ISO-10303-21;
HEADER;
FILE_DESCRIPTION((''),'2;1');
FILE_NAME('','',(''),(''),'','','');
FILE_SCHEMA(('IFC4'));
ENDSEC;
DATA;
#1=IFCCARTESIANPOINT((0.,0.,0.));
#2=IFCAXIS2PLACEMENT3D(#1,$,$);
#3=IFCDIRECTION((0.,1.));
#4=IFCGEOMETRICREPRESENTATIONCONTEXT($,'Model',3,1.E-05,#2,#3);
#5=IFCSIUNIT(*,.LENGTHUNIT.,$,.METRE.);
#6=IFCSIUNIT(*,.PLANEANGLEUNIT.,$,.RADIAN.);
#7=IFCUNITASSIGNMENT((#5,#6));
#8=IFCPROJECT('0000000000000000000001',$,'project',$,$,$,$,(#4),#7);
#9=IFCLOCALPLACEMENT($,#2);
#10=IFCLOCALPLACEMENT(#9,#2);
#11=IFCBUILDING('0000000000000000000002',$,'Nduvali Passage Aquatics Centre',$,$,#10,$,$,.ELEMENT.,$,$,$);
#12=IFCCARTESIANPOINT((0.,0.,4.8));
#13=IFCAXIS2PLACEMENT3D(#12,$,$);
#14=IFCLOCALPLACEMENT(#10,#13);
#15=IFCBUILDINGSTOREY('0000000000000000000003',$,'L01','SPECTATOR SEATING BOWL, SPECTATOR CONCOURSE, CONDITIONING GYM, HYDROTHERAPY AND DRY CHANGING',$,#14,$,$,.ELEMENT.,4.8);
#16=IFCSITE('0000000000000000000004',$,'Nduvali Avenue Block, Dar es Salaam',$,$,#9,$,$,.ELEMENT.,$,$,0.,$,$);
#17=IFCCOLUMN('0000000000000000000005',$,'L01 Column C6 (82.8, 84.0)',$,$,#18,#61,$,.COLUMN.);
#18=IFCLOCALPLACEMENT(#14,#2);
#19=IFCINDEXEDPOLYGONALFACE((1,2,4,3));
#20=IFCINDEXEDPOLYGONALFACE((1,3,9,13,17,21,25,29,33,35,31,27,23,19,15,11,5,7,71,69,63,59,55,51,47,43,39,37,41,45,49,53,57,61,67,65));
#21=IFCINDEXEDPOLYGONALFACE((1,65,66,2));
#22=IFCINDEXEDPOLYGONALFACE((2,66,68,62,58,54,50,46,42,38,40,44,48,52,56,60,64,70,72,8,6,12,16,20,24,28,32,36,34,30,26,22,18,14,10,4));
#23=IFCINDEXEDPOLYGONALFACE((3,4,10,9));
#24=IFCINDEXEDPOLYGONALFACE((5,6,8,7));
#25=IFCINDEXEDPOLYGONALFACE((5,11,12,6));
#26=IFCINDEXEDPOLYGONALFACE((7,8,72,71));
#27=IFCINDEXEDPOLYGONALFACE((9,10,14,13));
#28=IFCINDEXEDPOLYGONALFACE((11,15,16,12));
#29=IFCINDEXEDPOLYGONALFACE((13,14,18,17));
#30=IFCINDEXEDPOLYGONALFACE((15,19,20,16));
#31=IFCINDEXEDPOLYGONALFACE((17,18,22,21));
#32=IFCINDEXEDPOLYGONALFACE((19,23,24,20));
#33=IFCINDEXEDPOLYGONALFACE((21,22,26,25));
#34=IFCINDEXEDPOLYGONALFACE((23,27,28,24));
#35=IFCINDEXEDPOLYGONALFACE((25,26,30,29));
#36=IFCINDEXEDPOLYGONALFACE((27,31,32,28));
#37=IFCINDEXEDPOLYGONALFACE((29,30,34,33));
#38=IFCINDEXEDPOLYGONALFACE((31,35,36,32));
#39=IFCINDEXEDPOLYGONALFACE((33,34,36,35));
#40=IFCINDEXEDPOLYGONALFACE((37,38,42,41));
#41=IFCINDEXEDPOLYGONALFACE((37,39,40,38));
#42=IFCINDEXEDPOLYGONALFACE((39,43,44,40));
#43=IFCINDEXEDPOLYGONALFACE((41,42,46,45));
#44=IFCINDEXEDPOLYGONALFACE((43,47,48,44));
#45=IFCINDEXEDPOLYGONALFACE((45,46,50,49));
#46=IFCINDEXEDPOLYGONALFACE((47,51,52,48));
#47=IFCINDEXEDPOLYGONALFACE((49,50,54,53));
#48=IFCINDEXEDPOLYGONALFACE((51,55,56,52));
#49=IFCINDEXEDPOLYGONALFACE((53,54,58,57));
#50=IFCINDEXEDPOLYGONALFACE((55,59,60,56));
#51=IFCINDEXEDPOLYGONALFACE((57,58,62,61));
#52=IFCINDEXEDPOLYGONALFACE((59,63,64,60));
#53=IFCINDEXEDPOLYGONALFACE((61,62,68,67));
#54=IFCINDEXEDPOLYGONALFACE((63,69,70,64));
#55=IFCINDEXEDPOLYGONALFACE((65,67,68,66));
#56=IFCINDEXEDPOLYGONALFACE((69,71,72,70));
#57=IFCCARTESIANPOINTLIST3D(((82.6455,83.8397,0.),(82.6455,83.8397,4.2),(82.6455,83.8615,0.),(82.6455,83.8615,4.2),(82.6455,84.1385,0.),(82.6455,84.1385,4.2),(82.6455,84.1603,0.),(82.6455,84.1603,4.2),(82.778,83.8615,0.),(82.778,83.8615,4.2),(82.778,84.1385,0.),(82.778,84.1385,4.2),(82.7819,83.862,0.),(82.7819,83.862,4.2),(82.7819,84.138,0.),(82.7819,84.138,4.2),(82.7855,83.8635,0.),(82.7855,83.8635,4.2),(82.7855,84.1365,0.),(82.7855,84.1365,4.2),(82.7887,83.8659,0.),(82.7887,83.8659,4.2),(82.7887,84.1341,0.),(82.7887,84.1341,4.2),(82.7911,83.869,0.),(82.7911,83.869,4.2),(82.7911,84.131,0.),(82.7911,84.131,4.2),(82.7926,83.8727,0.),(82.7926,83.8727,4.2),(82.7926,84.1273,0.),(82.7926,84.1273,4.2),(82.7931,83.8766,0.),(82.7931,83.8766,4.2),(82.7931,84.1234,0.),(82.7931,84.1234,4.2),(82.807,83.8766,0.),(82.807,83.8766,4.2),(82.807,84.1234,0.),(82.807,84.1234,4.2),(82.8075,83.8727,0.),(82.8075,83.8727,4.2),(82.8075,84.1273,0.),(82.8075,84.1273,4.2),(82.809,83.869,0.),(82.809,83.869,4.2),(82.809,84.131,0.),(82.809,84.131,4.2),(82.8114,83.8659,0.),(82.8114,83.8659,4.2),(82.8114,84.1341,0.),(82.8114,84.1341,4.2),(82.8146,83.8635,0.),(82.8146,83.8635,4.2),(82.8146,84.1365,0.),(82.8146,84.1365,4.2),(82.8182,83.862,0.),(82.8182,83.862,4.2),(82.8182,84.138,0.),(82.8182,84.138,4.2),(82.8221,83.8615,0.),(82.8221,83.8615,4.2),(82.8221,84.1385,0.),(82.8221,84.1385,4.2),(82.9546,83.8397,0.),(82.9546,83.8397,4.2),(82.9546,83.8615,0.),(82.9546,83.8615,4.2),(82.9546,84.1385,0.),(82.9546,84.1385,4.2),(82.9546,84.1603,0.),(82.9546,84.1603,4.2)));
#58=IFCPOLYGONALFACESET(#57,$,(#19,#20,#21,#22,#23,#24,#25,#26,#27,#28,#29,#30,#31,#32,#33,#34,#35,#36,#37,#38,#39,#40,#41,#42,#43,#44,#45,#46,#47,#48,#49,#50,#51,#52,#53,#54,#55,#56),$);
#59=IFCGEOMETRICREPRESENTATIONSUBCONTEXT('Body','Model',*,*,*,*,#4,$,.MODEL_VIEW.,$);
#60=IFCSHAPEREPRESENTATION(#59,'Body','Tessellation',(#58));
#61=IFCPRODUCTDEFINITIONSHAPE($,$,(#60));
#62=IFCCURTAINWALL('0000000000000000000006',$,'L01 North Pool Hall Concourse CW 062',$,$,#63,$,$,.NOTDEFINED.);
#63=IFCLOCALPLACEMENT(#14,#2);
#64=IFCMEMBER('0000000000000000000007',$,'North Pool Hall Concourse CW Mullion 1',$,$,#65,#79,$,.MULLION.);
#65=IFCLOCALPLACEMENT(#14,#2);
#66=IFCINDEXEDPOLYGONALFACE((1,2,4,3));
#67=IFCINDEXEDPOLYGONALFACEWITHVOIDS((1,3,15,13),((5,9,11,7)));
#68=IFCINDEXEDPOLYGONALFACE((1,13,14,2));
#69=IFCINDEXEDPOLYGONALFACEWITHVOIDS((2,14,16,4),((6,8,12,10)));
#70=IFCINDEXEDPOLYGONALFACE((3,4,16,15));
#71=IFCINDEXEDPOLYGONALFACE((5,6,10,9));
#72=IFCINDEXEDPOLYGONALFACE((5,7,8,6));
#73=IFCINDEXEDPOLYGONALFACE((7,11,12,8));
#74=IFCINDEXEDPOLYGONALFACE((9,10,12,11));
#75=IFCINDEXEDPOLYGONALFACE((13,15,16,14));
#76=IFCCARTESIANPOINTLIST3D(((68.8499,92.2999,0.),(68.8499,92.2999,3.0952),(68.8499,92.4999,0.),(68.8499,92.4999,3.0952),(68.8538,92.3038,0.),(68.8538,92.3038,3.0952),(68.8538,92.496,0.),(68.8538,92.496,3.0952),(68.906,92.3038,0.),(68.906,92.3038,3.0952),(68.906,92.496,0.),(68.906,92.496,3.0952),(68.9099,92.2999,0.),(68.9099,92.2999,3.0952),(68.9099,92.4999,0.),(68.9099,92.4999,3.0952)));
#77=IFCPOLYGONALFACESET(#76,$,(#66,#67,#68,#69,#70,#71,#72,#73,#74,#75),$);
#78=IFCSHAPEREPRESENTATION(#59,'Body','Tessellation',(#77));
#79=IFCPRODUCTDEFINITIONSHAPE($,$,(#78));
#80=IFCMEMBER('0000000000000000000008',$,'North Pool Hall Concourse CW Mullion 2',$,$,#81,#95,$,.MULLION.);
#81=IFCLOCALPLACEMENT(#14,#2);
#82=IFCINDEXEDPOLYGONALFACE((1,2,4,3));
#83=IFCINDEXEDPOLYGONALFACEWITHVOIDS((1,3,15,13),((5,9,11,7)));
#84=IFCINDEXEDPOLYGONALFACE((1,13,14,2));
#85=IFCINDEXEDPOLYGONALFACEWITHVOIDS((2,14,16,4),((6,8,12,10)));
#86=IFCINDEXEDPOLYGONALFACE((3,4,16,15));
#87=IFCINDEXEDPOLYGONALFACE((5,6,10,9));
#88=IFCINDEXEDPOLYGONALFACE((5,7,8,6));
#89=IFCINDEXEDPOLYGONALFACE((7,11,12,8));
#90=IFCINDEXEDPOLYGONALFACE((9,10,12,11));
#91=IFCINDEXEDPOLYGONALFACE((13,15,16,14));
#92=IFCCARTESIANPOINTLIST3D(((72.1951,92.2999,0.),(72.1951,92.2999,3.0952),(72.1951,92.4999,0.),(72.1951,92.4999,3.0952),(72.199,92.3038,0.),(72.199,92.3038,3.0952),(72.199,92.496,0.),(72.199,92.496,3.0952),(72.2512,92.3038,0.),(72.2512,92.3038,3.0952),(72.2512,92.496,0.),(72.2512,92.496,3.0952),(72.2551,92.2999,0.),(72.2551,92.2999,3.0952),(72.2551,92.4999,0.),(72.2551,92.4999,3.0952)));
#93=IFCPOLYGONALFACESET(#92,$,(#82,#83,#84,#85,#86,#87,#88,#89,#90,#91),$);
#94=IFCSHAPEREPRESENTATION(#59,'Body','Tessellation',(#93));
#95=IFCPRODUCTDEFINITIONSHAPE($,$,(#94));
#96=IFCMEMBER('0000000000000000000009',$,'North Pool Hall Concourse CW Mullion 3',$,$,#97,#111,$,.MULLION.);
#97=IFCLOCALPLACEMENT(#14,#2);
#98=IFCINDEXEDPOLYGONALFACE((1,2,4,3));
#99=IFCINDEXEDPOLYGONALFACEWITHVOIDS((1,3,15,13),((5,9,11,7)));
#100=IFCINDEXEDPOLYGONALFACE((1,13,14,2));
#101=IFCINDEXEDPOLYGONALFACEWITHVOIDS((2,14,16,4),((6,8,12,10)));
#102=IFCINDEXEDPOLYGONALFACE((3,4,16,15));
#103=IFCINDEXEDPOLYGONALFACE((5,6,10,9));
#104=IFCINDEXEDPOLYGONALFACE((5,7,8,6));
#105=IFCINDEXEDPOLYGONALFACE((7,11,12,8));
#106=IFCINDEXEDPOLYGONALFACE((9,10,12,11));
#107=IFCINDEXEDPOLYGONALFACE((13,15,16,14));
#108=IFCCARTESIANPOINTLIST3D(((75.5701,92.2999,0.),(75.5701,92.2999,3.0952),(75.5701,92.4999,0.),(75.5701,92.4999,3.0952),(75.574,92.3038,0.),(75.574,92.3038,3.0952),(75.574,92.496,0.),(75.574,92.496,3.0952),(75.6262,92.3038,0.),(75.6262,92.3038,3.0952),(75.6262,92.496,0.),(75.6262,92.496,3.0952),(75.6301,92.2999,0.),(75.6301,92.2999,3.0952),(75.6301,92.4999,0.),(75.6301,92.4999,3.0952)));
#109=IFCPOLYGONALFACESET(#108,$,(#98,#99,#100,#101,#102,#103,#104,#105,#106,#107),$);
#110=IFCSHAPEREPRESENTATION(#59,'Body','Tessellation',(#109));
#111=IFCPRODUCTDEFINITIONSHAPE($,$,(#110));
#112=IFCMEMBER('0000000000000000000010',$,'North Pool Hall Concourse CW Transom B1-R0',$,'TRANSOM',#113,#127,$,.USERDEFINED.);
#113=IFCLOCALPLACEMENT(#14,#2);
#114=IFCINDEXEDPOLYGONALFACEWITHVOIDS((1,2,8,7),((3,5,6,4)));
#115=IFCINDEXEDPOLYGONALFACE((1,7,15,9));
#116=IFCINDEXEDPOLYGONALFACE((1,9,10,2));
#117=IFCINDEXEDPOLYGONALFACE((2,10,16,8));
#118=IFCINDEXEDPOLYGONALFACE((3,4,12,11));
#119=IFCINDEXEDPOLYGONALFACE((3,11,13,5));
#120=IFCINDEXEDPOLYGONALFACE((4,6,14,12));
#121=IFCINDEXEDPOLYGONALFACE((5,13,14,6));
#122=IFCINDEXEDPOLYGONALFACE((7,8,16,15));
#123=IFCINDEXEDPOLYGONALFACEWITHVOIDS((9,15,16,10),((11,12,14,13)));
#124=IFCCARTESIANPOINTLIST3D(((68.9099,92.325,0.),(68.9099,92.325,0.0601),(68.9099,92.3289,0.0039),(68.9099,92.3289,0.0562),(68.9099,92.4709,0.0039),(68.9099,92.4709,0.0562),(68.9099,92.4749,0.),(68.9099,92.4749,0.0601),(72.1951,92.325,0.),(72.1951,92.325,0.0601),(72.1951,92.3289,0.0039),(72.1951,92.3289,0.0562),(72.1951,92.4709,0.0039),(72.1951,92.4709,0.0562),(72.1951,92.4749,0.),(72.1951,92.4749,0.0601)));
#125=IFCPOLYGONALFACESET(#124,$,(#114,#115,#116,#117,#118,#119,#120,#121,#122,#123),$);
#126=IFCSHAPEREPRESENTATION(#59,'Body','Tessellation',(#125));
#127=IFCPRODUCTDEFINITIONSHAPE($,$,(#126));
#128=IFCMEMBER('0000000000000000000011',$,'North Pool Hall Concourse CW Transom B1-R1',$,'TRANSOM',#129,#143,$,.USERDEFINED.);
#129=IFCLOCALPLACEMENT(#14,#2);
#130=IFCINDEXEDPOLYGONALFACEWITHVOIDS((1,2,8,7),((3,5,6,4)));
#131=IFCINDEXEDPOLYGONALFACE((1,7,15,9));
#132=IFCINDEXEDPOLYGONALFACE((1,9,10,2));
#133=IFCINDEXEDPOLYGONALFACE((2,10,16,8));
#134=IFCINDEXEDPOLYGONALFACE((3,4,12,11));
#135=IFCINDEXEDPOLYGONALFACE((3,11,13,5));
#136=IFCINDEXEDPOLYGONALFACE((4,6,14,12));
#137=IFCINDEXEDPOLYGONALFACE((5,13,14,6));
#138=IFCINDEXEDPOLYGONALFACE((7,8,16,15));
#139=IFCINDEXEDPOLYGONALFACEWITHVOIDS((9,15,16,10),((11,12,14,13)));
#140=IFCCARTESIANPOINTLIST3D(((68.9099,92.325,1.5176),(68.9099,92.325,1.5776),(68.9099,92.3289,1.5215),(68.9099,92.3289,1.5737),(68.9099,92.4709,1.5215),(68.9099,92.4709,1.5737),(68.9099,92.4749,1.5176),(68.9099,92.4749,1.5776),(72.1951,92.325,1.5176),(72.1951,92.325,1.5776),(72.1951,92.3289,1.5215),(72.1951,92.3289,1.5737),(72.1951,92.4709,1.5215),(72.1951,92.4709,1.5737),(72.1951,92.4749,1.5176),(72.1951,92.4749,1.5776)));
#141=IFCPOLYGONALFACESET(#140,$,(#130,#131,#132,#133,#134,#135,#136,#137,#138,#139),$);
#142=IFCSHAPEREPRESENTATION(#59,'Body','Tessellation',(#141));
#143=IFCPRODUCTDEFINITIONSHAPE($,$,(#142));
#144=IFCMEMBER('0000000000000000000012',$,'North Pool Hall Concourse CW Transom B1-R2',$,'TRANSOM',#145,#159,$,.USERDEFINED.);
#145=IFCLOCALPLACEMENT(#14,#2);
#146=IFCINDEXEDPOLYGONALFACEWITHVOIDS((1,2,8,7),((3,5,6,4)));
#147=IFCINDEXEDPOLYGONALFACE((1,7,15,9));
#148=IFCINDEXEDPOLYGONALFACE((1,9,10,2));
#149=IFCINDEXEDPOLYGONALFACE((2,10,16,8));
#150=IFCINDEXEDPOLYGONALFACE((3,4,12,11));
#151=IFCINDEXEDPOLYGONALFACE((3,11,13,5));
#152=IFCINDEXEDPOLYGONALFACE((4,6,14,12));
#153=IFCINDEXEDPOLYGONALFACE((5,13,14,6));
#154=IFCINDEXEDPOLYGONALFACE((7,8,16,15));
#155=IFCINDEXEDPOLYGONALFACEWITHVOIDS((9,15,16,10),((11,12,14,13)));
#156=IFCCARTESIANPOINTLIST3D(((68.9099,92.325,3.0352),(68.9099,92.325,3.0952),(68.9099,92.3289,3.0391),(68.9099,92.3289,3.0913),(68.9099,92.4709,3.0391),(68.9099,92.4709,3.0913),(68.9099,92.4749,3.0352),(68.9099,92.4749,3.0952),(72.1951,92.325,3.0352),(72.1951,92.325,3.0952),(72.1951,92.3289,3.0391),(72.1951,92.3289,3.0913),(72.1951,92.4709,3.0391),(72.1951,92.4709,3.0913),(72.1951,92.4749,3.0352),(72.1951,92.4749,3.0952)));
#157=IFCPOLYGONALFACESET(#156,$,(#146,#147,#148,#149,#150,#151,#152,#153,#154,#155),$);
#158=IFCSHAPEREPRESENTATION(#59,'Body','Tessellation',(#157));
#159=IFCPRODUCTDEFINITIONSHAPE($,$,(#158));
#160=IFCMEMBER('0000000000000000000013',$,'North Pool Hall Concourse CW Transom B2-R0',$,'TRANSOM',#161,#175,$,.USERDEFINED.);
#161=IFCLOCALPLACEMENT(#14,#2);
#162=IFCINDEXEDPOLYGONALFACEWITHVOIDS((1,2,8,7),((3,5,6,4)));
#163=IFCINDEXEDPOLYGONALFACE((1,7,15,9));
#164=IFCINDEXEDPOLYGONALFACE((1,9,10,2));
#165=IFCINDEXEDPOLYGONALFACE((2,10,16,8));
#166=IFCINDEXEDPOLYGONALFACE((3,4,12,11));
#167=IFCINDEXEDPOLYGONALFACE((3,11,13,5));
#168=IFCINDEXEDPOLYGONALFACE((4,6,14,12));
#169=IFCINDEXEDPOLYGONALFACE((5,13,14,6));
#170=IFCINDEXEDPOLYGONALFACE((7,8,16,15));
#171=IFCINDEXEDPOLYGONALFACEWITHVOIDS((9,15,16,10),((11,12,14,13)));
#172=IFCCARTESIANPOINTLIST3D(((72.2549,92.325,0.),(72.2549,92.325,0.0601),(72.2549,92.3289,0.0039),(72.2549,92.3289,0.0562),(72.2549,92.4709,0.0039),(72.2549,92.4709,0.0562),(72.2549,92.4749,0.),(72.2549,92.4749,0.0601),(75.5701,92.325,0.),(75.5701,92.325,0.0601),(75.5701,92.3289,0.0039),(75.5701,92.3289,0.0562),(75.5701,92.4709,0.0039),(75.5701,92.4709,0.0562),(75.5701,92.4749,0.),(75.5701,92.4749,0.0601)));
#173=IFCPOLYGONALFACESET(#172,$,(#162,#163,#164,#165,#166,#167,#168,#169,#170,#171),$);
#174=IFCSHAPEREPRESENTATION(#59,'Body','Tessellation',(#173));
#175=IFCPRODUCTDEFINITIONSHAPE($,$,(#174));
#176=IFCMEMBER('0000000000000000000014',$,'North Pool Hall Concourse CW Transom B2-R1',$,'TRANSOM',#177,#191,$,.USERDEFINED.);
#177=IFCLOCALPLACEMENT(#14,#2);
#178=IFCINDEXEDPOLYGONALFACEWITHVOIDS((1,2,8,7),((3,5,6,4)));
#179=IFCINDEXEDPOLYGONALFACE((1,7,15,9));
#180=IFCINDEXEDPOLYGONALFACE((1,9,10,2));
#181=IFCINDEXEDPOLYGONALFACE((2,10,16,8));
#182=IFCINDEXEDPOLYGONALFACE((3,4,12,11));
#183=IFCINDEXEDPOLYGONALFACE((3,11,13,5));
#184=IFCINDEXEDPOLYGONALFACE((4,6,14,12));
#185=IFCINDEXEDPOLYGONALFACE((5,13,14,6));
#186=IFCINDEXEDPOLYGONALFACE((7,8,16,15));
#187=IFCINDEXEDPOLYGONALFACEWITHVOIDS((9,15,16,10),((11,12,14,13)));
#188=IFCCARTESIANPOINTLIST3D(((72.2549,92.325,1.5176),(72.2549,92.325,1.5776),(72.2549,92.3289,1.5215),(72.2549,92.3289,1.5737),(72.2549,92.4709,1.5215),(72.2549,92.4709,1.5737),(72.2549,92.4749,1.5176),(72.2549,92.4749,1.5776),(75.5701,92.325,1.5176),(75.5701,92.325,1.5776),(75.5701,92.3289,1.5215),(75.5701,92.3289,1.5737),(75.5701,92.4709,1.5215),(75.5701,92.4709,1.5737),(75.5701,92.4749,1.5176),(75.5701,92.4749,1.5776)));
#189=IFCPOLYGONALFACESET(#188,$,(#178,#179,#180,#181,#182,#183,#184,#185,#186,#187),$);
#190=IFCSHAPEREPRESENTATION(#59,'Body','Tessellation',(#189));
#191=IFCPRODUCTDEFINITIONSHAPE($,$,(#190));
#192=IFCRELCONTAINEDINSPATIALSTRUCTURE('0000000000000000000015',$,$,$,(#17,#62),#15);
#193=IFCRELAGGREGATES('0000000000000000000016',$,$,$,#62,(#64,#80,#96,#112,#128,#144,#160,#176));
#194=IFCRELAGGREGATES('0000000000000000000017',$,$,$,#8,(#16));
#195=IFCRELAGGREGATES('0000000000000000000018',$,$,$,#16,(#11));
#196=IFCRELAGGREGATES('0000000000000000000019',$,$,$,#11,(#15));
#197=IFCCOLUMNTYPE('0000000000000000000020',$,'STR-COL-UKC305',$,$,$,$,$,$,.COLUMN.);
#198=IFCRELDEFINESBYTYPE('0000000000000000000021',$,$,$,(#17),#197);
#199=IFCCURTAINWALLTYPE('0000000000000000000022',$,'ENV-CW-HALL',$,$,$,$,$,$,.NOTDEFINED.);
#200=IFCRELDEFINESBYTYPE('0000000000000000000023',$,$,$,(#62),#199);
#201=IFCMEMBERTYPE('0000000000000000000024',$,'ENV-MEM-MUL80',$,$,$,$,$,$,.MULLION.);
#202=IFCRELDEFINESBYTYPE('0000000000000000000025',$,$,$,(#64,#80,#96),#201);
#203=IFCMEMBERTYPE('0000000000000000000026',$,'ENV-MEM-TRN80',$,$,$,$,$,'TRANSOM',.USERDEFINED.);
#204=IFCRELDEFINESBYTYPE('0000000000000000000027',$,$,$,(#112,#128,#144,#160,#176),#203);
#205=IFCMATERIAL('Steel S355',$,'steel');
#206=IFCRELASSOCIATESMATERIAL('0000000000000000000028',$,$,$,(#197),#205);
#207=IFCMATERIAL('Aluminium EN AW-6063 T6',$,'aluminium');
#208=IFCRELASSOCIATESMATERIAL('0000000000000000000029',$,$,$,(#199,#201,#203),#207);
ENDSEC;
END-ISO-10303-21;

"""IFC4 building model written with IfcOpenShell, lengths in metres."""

from ifc_helpers import new_model, si_unit, direction, frame, origin, origin_2d, place, context, subcontext, project, spatial, hollow_rectangle, i_section, extrude, material, material_profile, profile_set, type_object, element, aggregate, save


model = new_model("IFC4")

# Units and contexts
model_context = context("Model", 3, precision=1e-05, world=origin(), true_north=direction((0.0, 1.0)))
body_context = subcontext(model_context, "Body", "Model", "MODEL_VIEW")
ifc_project = project(units=[si_unit("LENGTHUNIT", "METRE"), si_unit("PLANEANGLEUNIT", "RADIAN")], contexts=[model_context])

# Site, building, storey
site_placement = place(None, origin())
site = spatial("IfcSite", under=ifc_project, at=site_placement, Name="Nduvali Avenue Block, Dar es Salaam", CompositionType="ELEMENT", RefElevation=0.0)
building_placement = place(site_placement, origin())
building = spatial("IfcBuilding", under=site, at=building_placement, Name="Nduvali Passage Aquatics Centre", CompositionType="ELEMENT")
storey_placement = place(building_placement, frame((0.0, 0.0, 4.8)))
storey = spatial("IfcBuildingStorey", under=building, at=storey_placement, Name="L01", Description="SPECTATOR SEATING BOWL, SPECTATOR CONCOURSE, CONDITIONING GYM, HYDROTHERAPY AND DRY CHANGING", CompositionType="ELEMENT", Elevation=4.8)

# Column
ifc_material_1 = material(Name="Steel S355", Category="steel")
ifc_material_profile_1 = material_profile(ifc_material_1, i_section(OverallWidth=0.3091, OverallDepth=0.3206, WebThickness=0.0139, FlangeThickness=0.0217, FilletRadius=0.0151, at=origin_2d()), Name="UKC 305x305x137")
ifc_profile_set_1 = profile_set([ifc_material_profile_1], Name="Steel S355")
column_type = type_object("IfcColumnType", Name="STR-COL-UKC305", PredefinedType="COLUMN", material=ifc_profile_set_1)
column_placement = place(storey_placement, frame((82.8, 84.0, 0.0), z_axis=(0.0, 0.0, 1.0), x_axis=(1.0, 0.0, 0.0)))
element("IfcColumn", 1, at=column_placement, inside=storey, type_object=column_type, Name="L01 Column C6 (82.8, 84.0)", PredefinedType="COLUMN", context=body_context, shape_type="SweptSolid", body=[
    extrude(i_section(OverallWidth=0.3091, OverallDepth=0.3206, WebThickness=0.0139, FlangeThickness=0.0217, FilletRadius=0.0151, at=origin_2d()), origin(), (0.0, 0.0, 1.0), 4.2),
])

# Curtain wall, members
ifc_material_2 = material(Name="Aluminium EN AW-6063 T6", Category="aluminium")
curtain_wall_type = type_object("IfcCurtainWallType", Name="ENV-CW-HALL", PredefinedType="NOTDEFINED", material=ifc_material_2)
curtain_wall_placement = place(storey_placement, origin())
curtain_wall = element("IfcCurtainWall", 2, at=curtain_wall_placement, inside=storey, type_object=curtain_wall_type, Name="L01 North Pool Hall Concourse CW 062", PredefinedType="NOTDEFINED")
ifc_material_profile_2 = material_profile(ifc_material_2, hollow_rectangle(XDim=0.0601, YDim=0.2, WallThickness=0.0039, at=origin_2d()), Name="ALU MULLION 60x200x4")
ifc_profile_set_2 = profile_set([ifc_material_profile_2], Name="Aluminium EN AW-6063 T6")
member_type_1 = type_object("IfcMemberType", Name="ENV-MEM-MUL80", PredefinedType="MULLION", material=ifc_profile_set_2)
member_1_placement = place(storey_placement, frame((68.8799, 92.3999, 0.0), z_axis=(0.0, 0.0, 1.0), x_axis=(1.0, 0.0, 0.0)))
member_1 = element("IfcMember", 3, at=member_1_placement, type_object=member_type_1, Name="North Pool Hall Concourse CW Mullion 1", PredefinedType="MULLION", context=body_context, shape_type="SweptSolid", body=[
    extrude(hollow_rectangle(XDim=0.0601, YDim=0.2, WallThickness=0.0039, at=origin_2d()), origin(), (0.0, 0.0, 1.0), 3.0952),
])
member_2_placement = place(storey_placement, frame((72.2251, 92.3999, 0.0), z_axis=(0.0, 0.0, 1.0), x_axis=(1.0, 0.0, 0.0)))
member_2 = element("IfcMember", 4, at=member_2_placement, type_object=member_type_1, Name="North Pool Hall Concourse CW Mullion 2", PredefinedType="MULLION", context=body_context, shape_type="SweptSolid", body=[
    extrude(hollow_rectangle(XDim=0.0601, YDim=0.2, WallThickness=0.0039, at=origin_2d()), origin(), (0.0, 0.0, 1.0), 3.0952),
])
member_3_placement = place(storey_placement, frame((75.6001, 92.3999, 0.0), z_axis=(0.0, 0.0, 1.0), x_axis=(1.0, 0.0, 0.0)))
member_3 = element("IfcMember", 5, at=member_3_placement, type_object=member_type_1, Name="North Pool Hall Concourse CW Mullion 3", PredefinedType="MULLION", context=body_context, shape_type="SweptSolid", body=[
    extrude(hollow_rectangle(XDim=0.0601, YDim=0.2, WallThickness=0.0039, at=origin_2d()), origin(), (0.0, 0.0, 1.0), 3.0952),
])
ifc_material_profile_3 = material_profile(ifc_material_2, hollow_rectangle(XDim=0.1499, YDim=0.0601, WallThickness=0.0039, at=origin_2d()), Name="ALU TRANSOM 150x60x4")
ifc_profile_set_3 = profile_set([ifc_material_profile_3], Name="Aluminium EN AW-6063 T6")
member_type_2 = type_object("IfcMemberType", Name="ENV-MEM-TRN80", ElementType="TRANSOM", PredefinedType="USERDEFINED", material=ifc_profile_set_3)
member_4_placement = place(storey_placement, frame((68.9099, 92.3999, 0.03), z_axis=(1.0, 0.0, 0.0), x_axis=(0.0, 1.0, 0.0)))
member_4 = element("IfcMember", 6, at=member_4_placement, type_object=member_type_2, Name="North Pool Hall Concourse CW Transom B1-R0", ObjectType="TRANSOM", PredefinedType="USERDEFINED", context=body_context, shape_type="SweptSolid", body=[
    extrude(hollow_rectangle(XDim=0.1499, YDim=0.0601, WallThickness=0.0039, at=origin_2d()), origin(), (0.0, 0.0, 1.0), 3.2852),
])
member_5_placement = place(storey_placement, frame((68.9099, 92.3999, 1.5476), z_axis=(1.0, 0.0, 0.0), x_axis=(0.0, 1.0, 0.0)))
member_5 = element("IfcMember", 7, at=member_5_placement, type_object=member_type_2, Name="North Pool Hall Concourse CW Transom B1-R1", ObjectType="TRANSOM", PredefinedType="USERDEFINED", context=body_context, shape_type="SweptSolid", body=[
    extrude(hollow_rectangle(XDim=0.1499, YDim=0.0601, WallThickness=0.0039, at=origin_2d()), origin(), (0.0, 0.0, 1.0), 3.2852),
])
member_6_placement = place(storey_placement, frame((68.9099, 92.3999, 3.0652), z_axis=(1.0, 0.0, 0.0), x_axis=(0.0, 1.0, 0.0)))
member_6 = element("IfcMember", 8, at=member_6_placement, type_object=member_type_2, Name="North Pool Hall Concourse CW Transom B1-R2", ObjectType="TRANSOM", PredefinedType="USERDEFINED", context=body_context, shape_type="SweptSolid", body=[
    extrude(hollow_rectangle(XDim=0.1499, YDim=0.0601, WallThickness=0.0039, at=origin_2d()), origin(), (0.0, 0.0, 1.0), 3.2852),
])
member_7_placement = place(storey_placement, frame((72.2549, 92.3999, 0.03), z_axis=(1.0, 0.0, 0.0), x_axis=(0.0, 1.0, 0.0)))
member_7 = element("IfcMember", 9, at=member_7_placement, type_object=member_type_2, Name="North Pool Hall Concourse CW Transom B2-R0", ObjectType="TRANSOM", PredefinedType="USERDEFINED", context=body_context, shape_type="SweptSolid", body=[
    extrude(hollow_rectangle(XDim=0.1499, YDim=0.0601, WallThickness=0.0039, at=origin_2d()), origin(), (0.0, 0.0, 1.0), 3.3152),
])
member_8_placement = place(storey_placement, frame((72.2549, 92.3999, 1.5476), z_axis=(1.0, 0.0, 0.0), x_axis=(0.0, 1.0, 0.0)))
member_8 = element("IfcMember", 10, at=member_8_placement, type_object=member_type_2, Name="North Pool Hall Concourse CW Transom B2-R1", ObjectType="TRANSOM", PredefinedType="USERDEFINED", context=body_context, shape_type="SweptSolid", body=[
    extrude(hollow_rectangle(XDim=0.1499, YDim=0.0601, WallThickness=0.0039, at=origin_2d()), origin(), (0.0, 0.0, 1.0), 3.3152),
])

aggregate(curtain_wall, [member_1, member_2, member_3, member_4, member_5, member_6, member_7, member_8])

save(model, "model.ifc")
